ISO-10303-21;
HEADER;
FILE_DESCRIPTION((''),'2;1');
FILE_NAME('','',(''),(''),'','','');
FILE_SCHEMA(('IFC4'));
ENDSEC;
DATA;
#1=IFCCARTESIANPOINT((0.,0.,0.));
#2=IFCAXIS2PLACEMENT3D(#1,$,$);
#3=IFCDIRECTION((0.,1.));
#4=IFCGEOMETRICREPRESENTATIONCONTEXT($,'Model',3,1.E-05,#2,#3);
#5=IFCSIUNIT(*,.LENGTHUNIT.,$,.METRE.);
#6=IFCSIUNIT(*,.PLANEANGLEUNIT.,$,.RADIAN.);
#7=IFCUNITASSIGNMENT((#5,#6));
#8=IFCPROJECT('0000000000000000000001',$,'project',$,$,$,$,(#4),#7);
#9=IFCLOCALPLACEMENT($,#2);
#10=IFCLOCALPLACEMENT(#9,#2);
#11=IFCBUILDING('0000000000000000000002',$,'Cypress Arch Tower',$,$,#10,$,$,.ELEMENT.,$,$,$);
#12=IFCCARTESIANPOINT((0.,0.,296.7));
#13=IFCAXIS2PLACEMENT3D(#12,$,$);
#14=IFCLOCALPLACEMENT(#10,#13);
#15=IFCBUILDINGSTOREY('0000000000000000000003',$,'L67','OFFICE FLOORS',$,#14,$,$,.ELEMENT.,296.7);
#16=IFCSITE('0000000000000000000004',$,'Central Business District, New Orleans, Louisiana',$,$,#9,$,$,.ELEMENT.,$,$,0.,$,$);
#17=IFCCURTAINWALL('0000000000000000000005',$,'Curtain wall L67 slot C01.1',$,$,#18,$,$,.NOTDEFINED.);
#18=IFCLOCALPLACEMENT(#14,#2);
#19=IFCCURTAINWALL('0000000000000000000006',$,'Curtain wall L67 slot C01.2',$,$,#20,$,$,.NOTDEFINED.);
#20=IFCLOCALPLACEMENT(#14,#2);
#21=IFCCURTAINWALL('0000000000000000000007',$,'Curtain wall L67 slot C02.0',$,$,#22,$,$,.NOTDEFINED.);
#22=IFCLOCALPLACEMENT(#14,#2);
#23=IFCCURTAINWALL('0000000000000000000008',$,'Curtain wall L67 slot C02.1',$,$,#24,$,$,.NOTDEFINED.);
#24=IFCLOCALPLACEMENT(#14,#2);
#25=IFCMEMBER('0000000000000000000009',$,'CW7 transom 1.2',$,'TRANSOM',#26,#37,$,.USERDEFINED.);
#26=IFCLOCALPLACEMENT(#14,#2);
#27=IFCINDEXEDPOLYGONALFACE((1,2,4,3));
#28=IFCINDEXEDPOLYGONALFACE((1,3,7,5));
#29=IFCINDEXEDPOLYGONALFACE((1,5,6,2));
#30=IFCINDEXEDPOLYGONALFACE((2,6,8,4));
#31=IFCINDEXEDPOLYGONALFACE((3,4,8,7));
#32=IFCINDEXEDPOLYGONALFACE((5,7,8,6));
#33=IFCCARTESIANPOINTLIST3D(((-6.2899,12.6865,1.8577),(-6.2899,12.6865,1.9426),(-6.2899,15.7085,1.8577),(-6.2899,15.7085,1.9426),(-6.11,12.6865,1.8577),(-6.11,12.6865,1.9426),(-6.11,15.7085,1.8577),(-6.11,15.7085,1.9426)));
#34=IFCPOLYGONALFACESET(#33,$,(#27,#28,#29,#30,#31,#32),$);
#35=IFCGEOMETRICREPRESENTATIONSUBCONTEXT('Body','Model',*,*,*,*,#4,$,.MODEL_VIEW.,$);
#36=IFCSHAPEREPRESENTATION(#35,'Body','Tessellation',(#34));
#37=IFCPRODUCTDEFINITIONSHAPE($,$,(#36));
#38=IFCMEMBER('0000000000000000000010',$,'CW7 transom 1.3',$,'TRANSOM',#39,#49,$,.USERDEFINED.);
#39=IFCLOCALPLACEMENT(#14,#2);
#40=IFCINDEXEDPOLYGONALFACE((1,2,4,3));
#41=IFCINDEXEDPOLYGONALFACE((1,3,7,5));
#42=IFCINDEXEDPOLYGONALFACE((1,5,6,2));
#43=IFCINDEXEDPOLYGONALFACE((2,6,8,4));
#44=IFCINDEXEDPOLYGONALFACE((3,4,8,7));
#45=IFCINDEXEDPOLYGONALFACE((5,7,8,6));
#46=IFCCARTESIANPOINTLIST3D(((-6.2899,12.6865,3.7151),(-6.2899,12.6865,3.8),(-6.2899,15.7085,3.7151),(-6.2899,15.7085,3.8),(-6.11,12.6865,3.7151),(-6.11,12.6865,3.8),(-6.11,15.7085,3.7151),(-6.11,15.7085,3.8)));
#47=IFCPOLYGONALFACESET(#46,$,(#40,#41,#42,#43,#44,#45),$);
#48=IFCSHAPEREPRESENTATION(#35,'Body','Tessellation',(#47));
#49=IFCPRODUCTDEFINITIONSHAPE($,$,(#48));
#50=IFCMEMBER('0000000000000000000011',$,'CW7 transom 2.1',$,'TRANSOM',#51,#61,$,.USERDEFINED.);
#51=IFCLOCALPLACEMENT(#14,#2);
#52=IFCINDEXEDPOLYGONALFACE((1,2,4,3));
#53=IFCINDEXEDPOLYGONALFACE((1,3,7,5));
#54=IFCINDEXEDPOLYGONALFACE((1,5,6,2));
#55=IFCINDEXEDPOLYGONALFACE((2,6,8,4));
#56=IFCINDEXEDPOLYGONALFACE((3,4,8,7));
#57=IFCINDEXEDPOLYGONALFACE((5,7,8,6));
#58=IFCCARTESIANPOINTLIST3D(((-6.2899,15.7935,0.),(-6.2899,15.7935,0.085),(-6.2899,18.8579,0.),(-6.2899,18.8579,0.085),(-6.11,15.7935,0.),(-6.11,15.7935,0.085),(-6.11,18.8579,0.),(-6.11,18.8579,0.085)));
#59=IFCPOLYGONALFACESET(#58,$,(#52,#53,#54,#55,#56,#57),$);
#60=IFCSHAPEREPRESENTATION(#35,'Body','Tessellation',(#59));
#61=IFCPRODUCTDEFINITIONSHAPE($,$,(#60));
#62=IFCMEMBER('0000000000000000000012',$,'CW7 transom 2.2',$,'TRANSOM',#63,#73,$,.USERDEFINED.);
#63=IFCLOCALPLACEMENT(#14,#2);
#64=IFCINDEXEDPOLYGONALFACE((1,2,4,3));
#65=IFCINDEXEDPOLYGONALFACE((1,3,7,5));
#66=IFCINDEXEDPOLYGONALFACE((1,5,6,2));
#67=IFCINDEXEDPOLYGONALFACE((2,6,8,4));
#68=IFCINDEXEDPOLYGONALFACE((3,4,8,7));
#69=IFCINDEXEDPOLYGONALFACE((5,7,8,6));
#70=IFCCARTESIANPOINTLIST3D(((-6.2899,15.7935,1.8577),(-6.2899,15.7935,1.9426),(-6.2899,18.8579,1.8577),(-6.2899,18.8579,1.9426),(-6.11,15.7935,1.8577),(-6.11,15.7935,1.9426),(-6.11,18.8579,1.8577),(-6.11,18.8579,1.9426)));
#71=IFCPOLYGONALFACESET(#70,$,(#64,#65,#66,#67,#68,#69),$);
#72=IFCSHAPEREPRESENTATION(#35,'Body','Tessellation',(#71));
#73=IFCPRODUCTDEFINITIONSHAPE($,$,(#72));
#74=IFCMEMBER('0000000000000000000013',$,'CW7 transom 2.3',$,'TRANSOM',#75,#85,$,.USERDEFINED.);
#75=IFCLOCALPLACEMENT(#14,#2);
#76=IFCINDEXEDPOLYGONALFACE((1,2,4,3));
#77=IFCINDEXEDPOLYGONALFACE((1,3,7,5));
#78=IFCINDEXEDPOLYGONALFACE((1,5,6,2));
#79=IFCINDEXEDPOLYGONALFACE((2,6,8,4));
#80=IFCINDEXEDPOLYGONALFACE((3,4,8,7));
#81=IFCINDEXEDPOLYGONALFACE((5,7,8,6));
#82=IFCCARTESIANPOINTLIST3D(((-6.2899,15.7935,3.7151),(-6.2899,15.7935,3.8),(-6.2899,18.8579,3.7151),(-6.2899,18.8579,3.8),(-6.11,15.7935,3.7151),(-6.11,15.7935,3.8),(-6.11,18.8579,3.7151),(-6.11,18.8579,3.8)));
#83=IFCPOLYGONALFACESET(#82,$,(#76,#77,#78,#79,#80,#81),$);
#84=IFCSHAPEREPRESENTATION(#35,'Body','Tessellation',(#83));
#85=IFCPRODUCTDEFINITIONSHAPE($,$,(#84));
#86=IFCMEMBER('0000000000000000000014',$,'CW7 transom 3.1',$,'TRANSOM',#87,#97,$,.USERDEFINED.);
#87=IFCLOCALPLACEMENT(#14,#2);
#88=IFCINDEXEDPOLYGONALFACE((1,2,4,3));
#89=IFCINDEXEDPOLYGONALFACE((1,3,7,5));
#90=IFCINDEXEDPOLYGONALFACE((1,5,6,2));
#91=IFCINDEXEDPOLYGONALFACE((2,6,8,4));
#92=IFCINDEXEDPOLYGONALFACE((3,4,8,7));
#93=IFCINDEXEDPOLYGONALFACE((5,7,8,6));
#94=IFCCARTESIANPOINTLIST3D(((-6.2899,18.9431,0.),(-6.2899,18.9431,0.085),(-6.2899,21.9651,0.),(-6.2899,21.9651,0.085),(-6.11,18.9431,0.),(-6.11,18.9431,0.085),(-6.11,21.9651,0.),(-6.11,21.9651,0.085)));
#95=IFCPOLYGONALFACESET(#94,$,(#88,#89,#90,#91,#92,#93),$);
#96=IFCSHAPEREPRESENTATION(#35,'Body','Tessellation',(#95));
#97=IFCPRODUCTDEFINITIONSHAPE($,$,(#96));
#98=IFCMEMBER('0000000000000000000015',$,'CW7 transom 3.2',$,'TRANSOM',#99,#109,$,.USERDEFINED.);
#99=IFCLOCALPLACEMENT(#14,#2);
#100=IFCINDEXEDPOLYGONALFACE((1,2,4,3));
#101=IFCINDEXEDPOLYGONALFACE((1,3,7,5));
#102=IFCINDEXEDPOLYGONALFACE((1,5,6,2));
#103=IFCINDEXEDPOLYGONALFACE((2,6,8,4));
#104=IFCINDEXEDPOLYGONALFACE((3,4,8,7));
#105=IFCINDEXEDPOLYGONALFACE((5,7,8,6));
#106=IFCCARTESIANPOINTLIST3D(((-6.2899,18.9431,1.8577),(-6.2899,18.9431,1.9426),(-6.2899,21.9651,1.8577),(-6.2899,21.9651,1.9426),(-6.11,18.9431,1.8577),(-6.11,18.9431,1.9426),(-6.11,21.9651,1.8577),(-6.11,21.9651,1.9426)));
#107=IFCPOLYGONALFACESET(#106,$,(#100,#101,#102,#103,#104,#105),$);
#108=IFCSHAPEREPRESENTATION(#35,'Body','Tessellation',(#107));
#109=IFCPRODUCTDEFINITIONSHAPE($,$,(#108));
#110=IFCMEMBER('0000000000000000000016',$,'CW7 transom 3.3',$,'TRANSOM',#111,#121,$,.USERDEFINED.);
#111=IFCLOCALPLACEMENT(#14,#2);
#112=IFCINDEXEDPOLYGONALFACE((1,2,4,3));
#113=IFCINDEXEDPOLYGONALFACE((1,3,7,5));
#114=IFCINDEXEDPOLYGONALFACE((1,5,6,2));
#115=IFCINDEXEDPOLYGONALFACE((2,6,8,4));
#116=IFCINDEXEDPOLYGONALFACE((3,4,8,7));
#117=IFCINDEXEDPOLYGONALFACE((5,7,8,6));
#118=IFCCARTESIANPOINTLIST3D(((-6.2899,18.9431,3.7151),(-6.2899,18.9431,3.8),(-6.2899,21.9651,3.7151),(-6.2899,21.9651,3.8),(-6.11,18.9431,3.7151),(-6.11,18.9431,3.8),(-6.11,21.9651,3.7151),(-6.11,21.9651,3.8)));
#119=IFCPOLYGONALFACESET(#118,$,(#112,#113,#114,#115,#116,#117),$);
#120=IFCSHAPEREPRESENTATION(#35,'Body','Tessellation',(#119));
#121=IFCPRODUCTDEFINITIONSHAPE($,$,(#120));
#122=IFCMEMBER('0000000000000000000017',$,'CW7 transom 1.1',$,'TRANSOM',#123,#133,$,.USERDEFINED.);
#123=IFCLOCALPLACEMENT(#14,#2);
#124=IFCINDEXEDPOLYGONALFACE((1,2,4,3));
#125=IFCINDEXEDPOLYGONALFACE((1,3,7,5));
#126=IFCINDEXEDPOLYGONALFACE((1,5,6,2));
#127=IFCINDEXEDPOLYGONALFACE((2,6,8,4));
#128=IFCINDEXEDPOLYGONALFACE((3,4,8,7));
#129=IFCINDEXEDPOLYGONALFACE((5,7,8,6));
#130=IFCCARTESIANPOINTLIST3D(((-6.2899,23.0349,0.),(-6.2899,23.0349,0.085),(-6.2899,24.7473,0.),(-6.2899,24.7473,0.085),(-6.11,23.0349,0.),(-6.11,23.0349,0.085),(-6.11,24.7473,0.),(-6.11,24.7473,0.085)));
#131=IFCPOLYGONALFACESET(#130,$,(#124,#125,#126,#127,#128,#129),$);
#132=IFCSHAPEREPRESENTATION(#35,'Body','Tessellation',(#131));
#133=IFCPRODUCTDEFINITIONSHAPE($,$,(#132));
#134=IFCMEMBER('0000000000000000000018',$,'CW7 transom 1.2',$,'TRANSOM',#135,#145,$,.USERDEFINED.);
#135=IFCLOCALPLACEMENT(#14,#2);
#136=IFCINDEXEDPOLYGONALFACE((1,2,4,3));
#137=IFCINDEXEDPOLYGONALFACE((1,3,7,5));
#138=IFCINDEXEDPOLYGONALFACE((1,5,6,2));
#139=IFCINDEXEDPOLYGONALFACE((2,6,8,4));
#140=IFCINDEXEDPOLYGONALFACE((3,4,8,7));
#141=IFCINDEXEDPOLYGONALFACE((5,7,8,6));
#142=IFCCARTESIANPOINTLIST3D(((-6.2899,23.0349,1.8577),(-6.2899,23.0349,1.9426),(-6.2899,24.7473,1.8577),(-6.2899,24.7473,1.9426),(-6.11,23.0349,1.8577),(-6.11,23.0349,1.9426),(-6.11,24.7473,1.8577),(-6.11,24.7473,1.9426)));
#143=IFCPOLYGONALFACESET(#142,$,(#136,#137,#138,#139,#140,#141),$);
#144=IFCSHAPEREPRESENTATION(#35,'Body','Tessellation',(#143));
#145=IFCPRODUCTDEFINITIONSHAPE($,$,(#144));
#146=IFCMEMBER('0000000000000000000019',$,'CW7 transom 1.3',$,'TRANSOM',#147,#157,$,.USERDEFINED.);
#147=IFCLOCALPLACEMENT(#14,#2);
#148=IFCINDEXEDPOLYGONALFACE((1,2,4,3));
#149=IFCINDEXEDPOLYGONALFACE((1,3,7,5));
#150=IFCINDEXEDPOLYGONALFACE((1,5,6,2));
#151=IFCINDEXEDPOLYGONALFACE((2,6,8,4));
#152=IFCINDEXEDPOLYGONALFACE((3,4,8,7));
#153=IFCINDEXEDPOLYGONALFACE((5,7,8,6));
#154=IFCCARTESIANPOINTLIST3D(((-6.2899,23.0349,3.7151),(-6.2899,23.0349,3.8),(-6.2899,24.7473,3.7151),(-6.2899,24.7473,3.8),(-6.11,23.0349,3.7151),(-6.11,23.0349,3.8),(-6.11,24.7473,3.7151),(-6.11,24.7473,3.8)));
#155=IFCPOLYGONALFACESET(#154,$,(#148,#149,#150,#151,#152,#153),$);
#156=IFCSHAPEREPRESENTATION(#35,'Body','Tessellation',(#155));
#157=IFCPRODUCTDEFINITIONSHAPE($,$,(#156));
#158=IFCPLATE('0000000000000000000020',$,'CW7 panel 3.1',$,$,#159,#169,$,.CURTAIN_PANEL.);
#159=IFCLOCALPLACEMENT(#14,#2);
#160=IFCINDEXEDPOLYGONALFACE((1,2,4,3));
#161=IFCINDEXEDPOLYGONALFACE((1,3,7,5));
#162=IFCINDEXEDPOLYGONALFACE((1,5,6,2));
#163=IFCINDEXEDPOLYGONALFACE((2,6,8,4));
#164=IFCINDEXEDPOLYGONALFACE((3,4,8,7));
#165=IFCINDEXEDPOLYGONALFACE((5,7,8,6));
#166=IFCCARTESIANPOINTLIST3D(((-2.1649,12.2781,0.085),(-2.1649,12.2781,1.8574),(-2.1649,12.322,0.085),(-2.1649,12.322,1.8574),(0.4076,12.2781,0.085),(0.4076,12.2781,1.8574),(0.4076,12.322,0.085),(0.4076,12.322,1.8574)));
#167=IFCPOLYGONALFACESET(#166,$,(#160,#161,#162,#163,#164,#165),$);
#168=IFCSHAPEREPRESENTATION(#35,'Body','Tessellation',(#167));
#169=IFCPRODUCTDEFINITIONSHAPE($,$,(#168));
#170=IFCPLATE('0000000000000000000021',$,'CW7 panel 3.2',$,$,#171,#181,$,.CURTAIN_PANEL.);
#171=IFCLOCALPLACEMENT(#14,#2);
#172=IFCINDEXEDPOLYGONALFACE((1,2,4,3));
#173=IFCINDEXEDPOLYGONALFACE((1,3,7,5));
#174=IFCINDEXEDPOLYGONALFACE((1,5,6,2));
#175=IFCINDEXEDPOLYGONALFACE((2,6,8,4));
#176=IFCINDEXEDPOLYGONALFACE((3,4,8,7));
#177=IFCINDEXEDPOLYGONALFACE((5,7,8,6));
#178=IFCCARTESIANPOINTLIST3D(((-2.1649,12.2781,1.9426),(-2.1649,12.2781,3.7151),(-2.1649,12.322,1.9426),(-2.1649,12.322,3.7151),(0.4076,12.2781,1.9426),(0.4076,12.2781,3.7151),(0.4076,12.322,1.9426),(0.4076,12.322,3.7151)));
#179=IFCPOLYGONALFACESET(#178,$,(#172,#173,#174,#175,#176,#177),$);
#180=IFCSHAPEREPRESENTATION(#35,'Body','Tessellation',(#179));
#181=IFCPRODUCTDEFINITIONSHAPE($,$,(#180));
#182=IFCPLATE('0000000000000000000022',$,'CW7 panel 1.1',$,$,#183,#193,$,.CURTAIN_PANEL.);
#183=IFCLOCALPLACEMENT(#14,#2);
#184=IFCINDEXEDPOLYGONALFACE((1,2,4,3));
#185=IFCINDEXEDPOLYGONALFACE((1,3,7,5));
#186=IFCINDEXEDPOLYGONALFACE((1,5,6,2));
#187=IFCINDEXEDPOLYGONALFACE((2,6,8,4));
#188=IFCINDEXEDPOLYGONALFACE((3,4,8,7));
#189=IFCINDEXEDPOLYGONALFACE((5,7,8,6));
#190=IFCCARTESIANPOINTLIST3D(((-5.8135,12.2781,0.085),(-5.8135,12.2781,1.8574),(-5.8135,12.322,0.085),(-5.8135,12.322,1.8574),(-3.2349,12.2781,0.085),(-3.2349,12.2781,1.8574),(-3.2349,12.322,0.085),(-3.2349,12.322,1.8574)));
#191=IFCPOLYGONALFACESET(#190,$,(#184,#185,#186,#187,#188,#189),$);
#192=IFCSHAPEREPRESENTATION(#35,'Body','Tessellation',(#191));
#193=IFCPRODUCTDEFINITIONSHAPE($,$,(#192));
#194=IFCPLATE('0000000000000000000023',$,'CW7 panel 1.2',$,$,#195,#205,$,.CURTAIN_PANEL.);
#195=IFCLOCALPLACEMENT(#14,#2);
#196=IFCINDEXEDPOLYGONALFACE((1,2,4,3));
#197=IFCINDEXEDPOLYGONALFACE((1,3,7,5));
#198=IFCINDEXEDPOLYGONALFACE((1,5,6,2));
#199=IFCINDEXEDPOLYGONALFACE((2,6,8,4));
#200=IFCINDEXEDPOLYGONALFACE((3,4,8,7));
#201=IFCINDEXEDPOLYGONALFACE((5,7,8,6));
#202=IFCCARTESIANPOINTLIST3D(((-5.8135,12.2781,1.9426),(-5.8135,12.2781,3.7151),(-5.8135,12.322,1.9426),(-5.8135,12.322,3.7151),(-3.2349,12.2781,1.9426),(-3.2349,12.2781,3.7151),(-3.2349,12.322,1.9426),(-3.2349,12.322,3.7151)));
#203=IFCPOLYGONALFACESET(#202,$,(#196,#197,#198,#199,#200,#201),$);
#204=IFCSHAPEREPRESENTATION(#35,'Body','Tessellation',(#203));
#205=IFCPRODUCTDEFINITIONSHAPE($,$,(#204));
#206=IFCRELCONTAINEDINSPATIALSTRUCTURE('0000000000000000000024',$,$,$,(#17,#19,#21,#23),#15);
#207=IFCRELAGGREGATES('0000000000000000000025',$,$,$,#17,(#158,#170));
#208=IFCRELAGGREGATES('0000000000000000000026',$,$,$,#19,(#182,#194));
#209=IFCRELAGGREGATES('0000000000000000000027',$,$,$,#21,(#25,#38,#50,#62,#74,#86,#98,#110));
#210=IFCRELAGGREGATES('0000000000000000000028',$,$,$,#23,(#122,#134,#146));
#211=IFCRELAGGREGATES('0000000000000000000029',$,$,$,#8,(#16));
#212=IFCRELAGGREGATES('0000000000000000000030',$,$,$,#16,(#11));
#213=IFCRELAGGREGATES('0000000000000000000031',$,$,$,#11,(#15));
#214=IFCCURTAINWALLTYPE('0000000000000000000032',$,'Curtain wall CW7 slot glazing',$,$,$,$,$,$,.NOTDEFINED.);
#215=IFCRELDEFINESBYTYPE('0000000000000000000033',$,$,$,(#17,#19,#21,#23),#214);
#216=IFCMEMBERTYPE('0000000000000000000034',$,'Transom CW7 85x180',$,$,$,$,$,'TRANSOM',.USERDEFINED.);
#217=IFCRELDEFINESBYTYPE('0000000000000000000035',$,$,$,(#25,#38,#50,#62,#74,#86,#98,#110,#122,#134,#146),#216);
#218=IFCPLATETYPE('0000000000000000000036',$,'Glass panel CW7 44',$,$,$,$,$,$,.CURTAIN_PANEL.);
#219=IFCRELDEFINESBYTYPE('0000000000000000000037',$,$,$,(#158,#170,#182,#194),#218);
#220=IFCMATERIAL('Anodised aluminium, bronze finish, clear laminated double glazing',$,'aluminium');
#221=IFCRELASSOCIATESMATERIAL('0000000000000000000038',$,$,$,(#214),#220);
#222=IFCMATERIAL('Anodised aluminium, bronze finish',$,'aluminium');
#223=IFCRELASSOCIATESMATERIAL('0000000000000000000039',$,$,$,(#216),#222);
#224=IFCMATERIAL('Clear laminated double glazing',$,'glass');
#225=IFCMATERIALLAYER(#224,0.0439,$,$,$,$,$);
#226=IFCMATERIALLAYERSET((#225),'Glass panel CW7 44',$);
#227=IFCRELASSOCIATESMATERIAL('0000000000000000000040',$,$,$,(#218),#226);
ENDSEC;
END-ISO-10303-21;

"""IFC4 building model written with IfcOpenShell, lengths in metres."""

from ifc_helpers import new_model, si_unit, direction, frame, origin, origin_2d, place, context, subcontext, project, spatial, rectangle, extrude, material, layer, layer_set, material_profile, profile_set, type_object, element, aggregate, save


model = new_model("IFC4")

# Units and contexts
model_context = context("Model", 3, precision=1e-05, world=origin(), true_north=direction((0.0, 1.0)))
body_context = subcontext(model_context, "Body", "Model", "MODEL_VIEW")
ifc_project = project(units=[si_unit("LENGTHUNIT", "METRE"), si_unit("PLANEANGLEUNIT", "RADIAN")], contexts=[model_context])

# Site, building, storey
site_placement = place(None, origin())
site = spatial("IfcSite", under=ifc_project, at=site_placement, Name="Central Business District, New Orleans, Louisiana", CompositionType="ELEMENT", RefElevation=0.0)
building_placement = place(site_placement, origin())
building = spatial("IfcBuilding", under=site, at=building_placement, Name="Cypress Arch Tower", CompositionType="ELEMENT")
storey_placement = place(building_placement, frame((0.0, 0.0, 296.7)))
storey = spatial("IfcBuildingStorey", under=building, at=storey_placement, Name="L67", Description="OFFICE FLOORS", CompositionType="ELEMENT", Elevation=296.7)

# Curtain wall
ifc_material_1 = material(Name="Anodised aluminium, bronze finish, clear laminated double glazing", Category="aluminium")
curtain_wall_type = type_object("IfcCurtainWallType", Name="Curtain wall CW7 slot glazing", PredefinedType="NOTDEFINED", material=ifc_material_1)
curtain_wall_1_placement = place(storey_placement, origin())
curtain_wall_1 = element("IfcCurtainWall", 1, at=curtain_wall_1_placement, inside=storey, type_object=curtain_wall_type, Name="Curtain wall L67 slot C01.1", PredefinedType="NOTDEFINED")

# Curtain walls
curtain_wall_2_placement = place(storey_placement, origin())
curtain_wall_2 = element("IfcCurtainWall", 2, at=curtain_wall_2_placement, inside=storey, type_object=curtain_wall_type, Name="Curtain wall L67 slot C01.2", PredefinedType="NOTDEFINED")
curtain_wall_3_placement = place(storey_placement, origin())
curtain_wall_3 = element("IfcCurtainWall", 3, at=curtain_wall_3_placement, inside=storey, type_object=curtain_wall_type, Name="Curtain wall L67 slot C02.0", PredefinedType="NOTDEFINED")
curtain_wall_4_placement = place(storey_placement, origin())
curtain_wall_4 = element("IfcCurtainWall", 4, at=curtain_wall_4_placement, inside=storey, type_object=curtain_wall_type, Name="Curtain wall L67 slot C02.1", PredefinedType="NOTDEFINED")

# Members
ifc_material_2 = material(Name="Anodised aluminium, bronze finish", Category="aluminium")
ifc_material_profile_1 = material_profile(ifc_material_2, rectangle(XDim=0.1799, YDim=0.085, at=origin_2d()), Name="Transom 85x180")
ifc_profile_set_1 = profile_set([ifc_material_profile_1], Name="Anodised aluminium, bronze finish")
member_type_1 = type_object("IfcMemberType", Name="Transom CW7 85x180", ElementType="TRANSOM", PredefinedType="USERDEFINED", material=ifc_profile_set_1)
member_1_placement = place(storey_placement, frame((-6.2, 12.6865, 1.9001), z_axis=(0.0, 1.0, 0.0), x_axis=(-1.0, 0.0, 0.0)))
member_1 = element("IfcMember", 5, at=member_1_placement, type_object=member_type_1, Name="CW7 transom 1.2", ObjectType="TRANSOM", PredefinedType="USERDEFINED", context=body_context, shape_type="SweptSolid", body=[
    extrude(rectangle(XDim=0.1799, YDim=0.085, at=origin_2d()), origin(), (0.0, 0.0, 1.0), 3.022),
])
member_2_placement = place(storey_placement, frame((-6.2, 12.6865, 3.7576), z_axis=(0.0, 1.0, 0.0), x_axis=(-1.0, 0.0, 0.0)))
member_2 = element("IfcMember", 6, at=member_2_placement, type_object=member_type_1, Name="CW7 transom 1.3", ObjectType="TRANSOM", PredefinedType="USERDEFINED", context=body_context, shape_type="SweptSolid", body=[
    extrude(rectangle(XDim=0.1799, YDim=0.085, at=origin_2d()), origin(), (0.0, 0.0, 1.0), 3.022),
])
member_3_placement = place(storey_placement, frame((-6.2, 15.7935, 0.0425), z_axis=(0.0, 1.0, 0.0), x_axis=(-1.0, 0.0, 0.0)))
member_3 = element("IfcMember", 7, at=member_3_placement, type_object=member_type_1, Name="CW7 transom 2.1", ObjectType="TRANSOM", PredefinedType="USERDEFINED", context=body_context, shape_type="SweptSolid", body=[
    extrude(rectangle(XDim=0.1799, YDim=0.085, at=origin_2d()), origin(), (0.0, 0.0, 1.0), 3.0645),
])
member_4_placement = place(storey_placement, frame((-6.2, 15.7935, 1.9001), z_axis=(0.0, 1.0, 0.0), x_axis=(-1.0, 0.0, 0.0)))
member_4 = element("IfcMember", 8, at=member_4_placement, type_object=member_type_1, Name="CW7 transom 2.2", ObjectType="TRANSOM", PredefinedType="USERDEFINED", context=body_context, shape_type="SweptSolid", body=[
    extrude(rectangle(XDim=0.1799, YDim=0.085, at=origin_2d()), origin(), (0.0, 0.0, 1.0), 3.0645),
])
member_5_placement = place(storey_placement, frame((-6.2, 15.7935, 3.7576), z_axis=(0.0, 1.0, 0.0), x_axis=(-1.0, 0.0, 0.0)))
member_5 = element("IfcMember", 9, at=member_5_placement, type_object=member_type_1, Name="CW7 transom 2.3", ObjectType="TRANSOM", PredefinedType="USERDEFINED", context=body_context, shape_type="SweptSolid", body=[
    extrude(rectangle(XDim=0.1799, YDim=0.085, at=origin_2d()), origin(), (0.0, 0.0, 1.0), 3.0645),
])
member_6_placement = place(storey_placement, frame((-6.2, 18.9431, 0.0425), z_axis=(0.0, 1.0, 0.0), x_axis=(-1.0, 0.0, 0.0)))
member_6 = element("IfcMember", 10, at=member_6_placement, type_object=member_type_1, Name="CW7 transom 3.1", ObjectType="TRANSOM", PredefinedType="USERDEFINED", context=body_context, shape_type="SweptSolid", body=[
    extrude(rectangle(XDim=0.1799, YDim=0.085, at=origin_2d()), origin(), (0.0, 0.0, 1.0), 3.022),
])
member_7_placement = place(storey_placement, frame((-6.2, 18.9431, 1.9001), z_axis=(0.0, 1.0, 0.0), x_axis=(-1.0, 0.0, 0.0)))
member_7 = element("IfcMember", 11, at=member_7_placement, type_object=member_type_1, Name="CW7 transom 3.2", ObjectType="TRANSOM", PredefinedType="USERDEFINED", context=body_context, shape_type="SweptSolid", body=[
    extrude(rectangle(XDim=0.1799, YDim=0.085, at=origin_2d()), origin(), (0.0, 0.0, 1.0), 3.022),
])
member_8_placement = place(storey_placement, frame((-6.2, 18.9431, 3.7576), z_axis=(0.0, 1.0, 0.0), x_axis=(-1.0, 0.0, 0.0)))
member_8 = element("IfcMember", 12, at=member_8_placement, type_object=member_type_1, Name="CW7 transom 3.3", ObjectType="TRANSOM", PredefinedType="USERDEFINED", context=body_context, shape_type="SweptSolid", body=[
    extrude(rectangle(XDim=0.1799, YDim=0.085, at=origin_2d()), origin(), (0.0, 0.0, 1.0), 3.022),
])
member_9_placement = place(storey_placement, frame((-6.2, 23.0349, 0.0425), z_axis=(0.0, 1.0, 0.0), x_axis=(-1.0, 0.0, 0.0)))
member_9 = element("IfcMember", 13, at=member_9_placement, type_object=member_type_1, Name="CW7 transom 1.1", ObjectType="TRANSOM", PredefinedType="USERDEFINED", context=body_context, shape_type="SweptSolid", body=[
    extrude(rectangle(XDim=0.1799, YDim=0.085, at=origin_2d()), origin(), (0.0, 0.0, 1.0), 1.7124),
])
member_10_placement = place(storey_placement, frame((-6.2, 23.0349, 1.9001), z_axis=(0.0, 1.0, 0.0), x_axis=(-1.0, 0.0, 0.0)))
member_10 = element("IfcMember", 14, at=member_10_placement, type_object=member_type_1, Name="CW7 transom 1.2", ObjectType="TRANSOM", PredefinedType="USERDEFINED", context=body_context, shape_type="SweptSolid", body=[
    extrude(rectangle(XDim=0.1799, YDim=0.085, at=origin_2d()), origin(), (0.0, 0.0, 1.0), 1.7124),
])
member_11_placement = place(storey_placement, frame((-6.2, 23.0349, 3.7576), z_axis=(0.0, 1.0, 0.0), x_axis=(-1.0, 0.0, 0.0)))
member_11 = element("IfcMember", 15, at=member_11_placement, type_object=member_type_1, Name="CW7 transom 1.3", ObjectType="TRANSOM", PredefinedType="USERDEFINED", context=body_context, shape_type="SweptSolid", body=[
    extrude(rectangle(XDim=0.1799, YDim=0.085, at=origin_2d()), origin(), (0.0, 0.0, 1.0), 1.7124),
])

# Plates
ifc_material_3 = material(Name="Clear laminated double glazing", Category="glass")
ifc_layer_1 = layer(ifc_material_3, 0.0439)
ifc_layer_set_1 = layer_set([ifc_layer_1], Name="Glass panel CW7 44")
plate_type = type_object("IfcPlateType", Name="Glass panel CW7 44", PredefinedType="CURTAIN_PANEL", material=ifc_layer_set_1)
plate_1_placement = place(storey_placement, frame((-0.8787, 12.3, 0.085), z_axis=(0.0, 0.0, 1.0), x_axis=(-1.0, 0.0, 0.0)))
plate_1 = element("IfcPlate", 16, at=plate_1_placement, type_object=plate_type, Name="CW7 panel 3.1", PredefinedType="CURTAIN_PANEL", context=body_context, shape_type="SweptSolid", body=[
    extrude(rectangle(XDim=2.5725, YDim=0.0439, at=origin_2d()), origin(), (0.0, 0.0, 1.0), 1.7725),
])
plate_2_placement = place(storey_placement, frame((-0.8787, 12.3, 1.9426), z_axis=(0.0, 0.0, 1.0), x_axis=(-1.0, 0.0, 0.0)))
plate_2 = element("IfcPlate", 17, at=plate_2_placement, type_object=plate_type, Name="CW7 panel 3.2", PredefinedType="CURTAIN_PANEL", context=body_context, shape_type="SweptSolid", body=[
    extrude(rectangle(XDim=2.5725, YDim=0.0439, at=origin_2d()), origin(), (0.0, 0.0, 1.0), 1.7725),
])
aggregate(curtain_wall_1, [plate_1, plate_2])
plate_3_placement = place(storey_placement, frame((-4.5242, 12.3, 0.085), z_axis=(0.0, 0.0, 1.0), x_axis=(-1.0, 0.0, 0.0)))
plate_3 = element("IfcPlate", 18, at=plate_3_placement, type_object=plate_type, Name="CW7 panel 1.1", PredefinedType="CURTAIN_PANEL", context=body_context, shape_type="SweptSolid", body=[
    extrude(rectangle(XDim=2.5786, YDim=0.0439, at=origin_2d()), origin(), (0.0, 0.0, 1.0), 1.7725),
])
plate_4_placement = place(storey_placement, frame((-4.5242, 12.3, 1.9426), z_axis=(0.0, 0.0, 1.0), x_axis=(-1.0, 0.0, 0.0)))
plate_4 = element("IfcPlate", 19, at=plate_4_placement, type_object=plate_type, Name="CW7 panel 1.2", PredefinedType="CURTAIN_PANEL", context=body_context, shape_type="SweptSolid", body=[
    extrude(rectangle(XDim=2.5786, YDim=0.0439, at=origin_2d()), origin(), (0.0, 0.0, 1.0), 1.7725),
])
aggregate(curtain_wall_2, [plate_3, plate_4])
aggregate(curtain_wall_3, [member_1, member_2, member_3, member_4, member_5, member_6, member_7, member_8])
aggregate(curtain_wall_4, [member_9, member_10, member_11])

save(model, "model.ifc")
